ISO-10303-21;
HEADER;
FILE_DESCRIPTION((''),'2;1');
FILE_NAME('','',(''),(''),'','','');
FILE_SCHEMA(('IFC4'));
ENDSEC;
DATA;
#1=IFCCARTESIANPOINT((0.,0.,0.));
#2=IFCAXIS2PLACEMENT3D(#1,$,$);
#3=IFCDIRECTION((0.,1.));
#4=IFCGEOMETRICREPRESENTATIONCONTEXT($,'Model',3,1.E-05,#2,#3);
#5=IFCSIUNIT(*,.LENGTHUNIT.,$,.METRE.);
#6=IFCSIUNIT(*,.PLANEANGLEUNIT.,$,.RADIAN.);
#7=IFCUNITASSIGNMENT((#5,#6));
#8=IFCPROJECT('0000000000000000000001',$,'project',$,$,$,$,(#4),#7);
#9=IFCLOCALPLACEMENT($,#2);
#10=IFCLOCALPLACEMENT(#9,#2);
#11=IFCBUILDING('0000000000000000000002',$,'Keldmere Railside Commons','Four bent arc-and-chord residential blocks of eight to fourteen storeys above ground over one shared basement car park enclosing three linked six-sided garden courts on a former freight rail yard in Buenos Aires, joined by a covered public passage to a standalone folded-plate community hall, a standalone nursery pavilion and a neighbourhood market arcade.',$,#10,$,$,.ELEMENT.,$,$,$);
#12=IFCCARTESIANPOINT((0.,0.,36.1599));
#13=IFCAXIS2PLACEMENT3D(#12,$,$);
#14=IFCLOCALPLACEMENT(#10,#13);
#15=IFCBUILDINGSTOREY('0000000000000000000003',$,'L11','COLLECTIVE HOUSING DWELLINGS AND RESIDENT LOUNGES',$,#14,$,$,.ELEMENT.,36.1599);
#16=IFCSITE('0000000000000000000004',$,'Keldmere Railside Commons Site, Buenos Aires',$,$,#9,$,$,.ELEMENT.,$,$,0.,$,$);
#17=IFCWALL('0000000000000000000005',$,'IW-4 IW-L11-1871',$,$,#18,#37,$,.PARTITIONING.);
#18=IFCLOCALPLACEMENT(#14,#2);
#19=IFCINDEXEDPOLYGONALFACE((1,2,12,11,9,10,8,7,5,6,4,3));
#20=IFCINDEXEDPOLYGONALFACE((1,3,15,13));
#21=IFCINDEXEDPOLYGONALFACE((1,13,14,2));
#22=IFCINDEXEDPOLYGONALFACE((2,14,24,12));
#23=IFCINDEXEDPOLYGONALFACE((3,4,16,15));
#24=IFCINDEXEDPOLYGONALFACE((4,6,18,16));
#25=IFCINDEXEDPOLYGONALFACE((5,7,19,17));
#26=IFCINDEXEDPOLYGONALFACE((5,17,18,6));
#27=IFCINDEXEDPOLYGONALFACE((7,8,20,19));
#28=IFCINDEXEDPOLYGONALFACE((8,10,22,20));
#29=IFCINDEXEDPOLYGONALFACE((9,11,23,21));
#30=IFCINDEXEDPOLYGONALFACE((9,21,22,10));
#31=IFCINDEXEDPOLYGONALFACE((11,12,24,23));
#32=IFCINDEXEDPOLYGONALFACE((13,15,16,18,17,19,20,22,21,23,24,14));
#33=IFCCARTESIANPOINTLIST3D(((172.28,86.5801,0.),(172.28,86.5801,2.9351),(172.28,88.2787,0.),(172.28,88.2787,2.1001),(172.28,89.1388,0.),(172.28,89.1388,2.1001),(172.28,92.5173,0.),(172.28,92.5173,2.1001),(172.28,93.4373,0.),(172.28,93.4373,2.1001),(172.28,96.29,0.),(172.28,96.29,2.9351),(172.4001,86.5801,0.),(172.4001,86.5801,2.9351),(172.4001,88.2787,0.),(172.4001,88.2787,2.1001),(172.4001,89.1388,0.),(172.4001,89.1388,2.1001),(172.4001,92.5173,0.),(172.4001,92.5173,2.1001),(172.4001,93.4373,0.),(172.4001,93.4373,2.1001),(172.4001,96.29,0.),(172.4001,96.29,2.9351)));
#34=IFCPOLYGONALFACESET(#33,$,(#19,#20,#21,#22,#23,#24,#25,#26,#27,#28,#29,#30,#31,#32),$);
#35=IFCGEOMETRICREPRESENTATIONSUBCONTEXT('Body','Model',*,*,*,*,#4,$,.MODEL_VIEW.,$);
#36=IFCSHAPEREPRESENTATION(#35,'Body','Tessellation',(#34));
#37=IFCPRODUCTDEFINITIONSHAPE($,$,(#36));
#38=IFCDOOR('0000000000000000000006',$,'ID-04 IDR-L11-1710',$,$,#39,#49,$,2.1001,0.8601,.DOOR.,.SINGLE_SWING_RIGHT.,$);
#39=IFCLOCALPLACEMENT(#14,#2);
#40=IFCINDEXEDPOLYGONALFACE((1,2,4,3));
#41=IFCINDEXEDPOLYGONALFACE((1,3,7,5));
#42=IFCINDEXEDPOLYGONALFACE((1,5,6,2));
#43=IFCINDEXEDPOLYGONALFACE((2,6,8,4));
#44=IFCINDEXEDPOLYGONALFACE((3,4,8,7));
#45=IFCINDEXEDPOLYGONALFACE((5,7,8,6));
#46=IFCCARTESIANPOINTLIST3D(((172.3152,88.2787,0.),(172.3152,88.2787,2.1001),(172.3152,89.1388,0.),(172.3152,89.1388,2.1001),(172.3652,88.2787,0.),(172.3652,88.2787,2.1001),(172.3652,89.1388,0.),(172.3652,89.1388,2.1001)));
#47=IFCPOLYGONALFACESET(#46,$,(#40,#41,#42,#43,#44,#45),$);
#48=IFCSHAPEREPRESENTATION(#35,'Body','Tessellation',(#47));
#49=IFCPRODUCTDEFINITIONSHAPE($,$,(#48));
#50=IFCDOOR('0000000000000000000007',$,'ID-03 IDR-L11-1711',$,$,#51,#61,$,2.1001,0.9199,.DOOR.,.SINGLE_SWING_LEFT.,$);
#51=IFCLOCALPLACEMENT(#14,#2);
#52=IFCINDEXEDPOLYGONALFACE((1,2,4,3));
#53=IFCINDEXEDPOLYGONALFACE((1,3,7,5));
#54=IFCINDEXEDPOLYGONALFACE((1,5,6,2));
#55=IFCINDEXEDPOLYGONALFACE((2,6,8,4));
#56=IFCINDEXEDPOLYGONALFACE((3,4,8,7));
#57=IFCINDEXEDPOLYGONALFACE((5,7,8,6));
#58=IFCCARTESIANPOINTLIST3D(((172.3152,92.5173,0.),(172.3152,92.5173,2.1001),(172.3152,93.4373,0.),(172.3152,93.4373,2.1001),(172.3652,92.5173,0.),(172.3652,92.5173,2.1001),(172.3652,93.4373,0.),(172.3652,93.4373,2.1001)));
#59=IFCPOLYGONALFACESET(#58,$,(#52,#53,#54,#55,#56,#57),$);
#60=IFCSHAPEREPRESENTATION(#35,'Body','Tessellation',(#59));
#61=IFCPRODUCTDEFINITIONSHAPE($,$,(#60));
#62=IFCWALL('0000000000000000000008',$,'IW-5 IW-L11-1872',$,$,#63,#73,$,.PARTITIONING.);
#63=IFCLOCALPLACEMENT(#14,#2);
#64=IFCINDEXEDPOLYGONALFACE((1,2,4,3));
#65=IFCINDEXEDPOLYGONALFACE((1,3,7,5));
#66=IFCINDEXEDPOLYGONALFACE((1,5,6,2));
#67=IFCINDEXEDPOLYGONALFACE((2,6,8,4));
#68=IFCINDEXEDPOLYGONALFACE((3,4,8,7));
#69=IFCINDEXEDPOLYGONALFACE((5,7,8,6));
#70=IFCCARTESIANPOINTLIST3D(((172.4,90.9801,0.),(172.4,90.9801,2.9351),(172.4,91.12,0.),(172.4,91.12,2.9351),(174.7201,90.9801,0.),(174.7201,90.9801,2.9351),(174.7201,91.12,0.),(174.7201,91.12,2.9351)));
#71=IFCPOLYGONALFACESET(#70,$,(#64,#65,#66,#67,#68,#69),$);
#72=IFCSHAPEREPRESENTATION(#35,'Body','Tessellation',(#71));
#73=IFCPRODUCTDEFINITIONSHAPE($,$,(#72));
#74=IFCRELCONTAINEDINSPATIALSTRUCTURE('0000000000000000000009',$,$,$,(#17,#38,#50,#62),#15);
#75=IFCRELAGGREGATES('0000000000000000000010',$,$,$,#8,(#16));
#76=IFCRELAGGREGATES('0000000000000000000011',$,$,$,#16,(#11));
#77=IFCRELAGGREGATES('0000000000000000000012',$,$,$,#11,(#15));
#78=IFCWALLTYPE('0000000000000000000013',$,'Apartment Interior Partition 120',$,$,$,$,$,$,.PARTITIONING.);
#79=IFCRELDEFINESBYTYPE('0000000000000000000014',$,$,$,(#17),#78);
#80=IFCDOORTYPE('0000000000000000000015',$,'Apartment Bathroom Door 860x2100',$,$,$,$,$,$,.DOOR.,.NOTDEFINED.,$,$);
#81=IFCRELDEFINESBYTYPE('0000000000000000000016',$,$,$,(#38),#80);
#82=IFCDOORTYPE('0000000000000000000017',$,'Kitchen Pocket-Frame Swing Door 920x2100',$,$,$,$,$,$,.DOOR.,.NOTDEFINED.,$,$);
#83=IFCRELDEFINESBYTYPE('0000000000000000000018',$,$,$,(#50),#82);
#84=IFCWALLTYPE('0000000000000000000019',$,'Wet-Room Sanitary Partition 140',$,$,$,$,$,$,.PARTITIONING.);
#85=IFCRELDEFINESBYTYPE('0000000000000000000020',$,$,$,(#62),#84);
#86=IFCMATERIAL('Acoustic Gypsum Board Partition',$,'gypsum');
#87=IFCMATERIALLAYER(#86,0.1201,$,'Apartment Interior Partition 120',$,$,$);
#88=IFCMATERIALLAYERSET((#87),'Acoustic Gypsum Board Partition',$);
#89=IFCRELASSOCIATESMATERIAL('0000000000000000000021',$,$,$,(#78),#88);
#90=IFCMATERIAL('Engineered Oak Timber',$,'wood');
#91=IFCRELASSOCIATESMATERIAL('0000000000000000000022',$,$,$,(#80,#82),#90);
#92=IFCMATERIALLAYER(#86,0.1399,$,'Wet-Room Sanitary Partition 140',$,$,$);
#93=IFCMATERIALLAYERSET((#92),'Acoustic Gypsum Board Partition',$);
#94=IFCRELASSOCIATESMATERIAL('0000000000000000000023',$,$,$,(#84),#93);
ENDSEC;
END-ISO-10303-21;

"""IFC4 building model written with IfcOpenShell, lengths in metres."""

from ifc_helpers import new_model, si_unit, direction, frame, frame_2d, origin, place, context, subcontext, project, spatial, rectangle, extrude, material, layer, layer_set, type_object, element, fill, save


model = new_model("IFC4")

# Units and contexts
model_context = context("Model", 3, precision=1e-05, world=origin(), true_north=direction((0.0, 1.0)))
body_context = subcontext(model_context, "Body", "Model", "MODEL_VIEW")
ifc_project = project(units=[si_unit("LENGTHUNIT", "METRE"), si_unit("PLANEANGLEUNIT", "RADIAN")], contexts=[model_context])

# Site, building, storey
site_placement = place(None, origin())
site = spatial("IfcSite", under=ifc_project, at=site_placement, Name="Keldmere Railside Commons Site, Buenos Aires", CompositionType="ELEMENT", RefElevation=0.0)
building_placement = place(site_placement, origin())
building = spatial("IfcBuilding", under=site, at=building_placement, Name="Keldmere Railside Commons", Description="Four bent arc-and-chord residential blocks of eight to fourteen storeys above ground over one shared basement car park enclosing three linked six-sided garden courts on a former freight rail yard in Buenos Aires, joined by a covered public passage to a standalone folded-plate community hall, a standalone nursery pavilion and a neighbourhood market arcade.", CompositionType="ELEMENT")
storey_placement = place(building_placement, frame((0.0, 0.0, 36.1599)))
storey = spatial("IfcBuildingStorey", under=building, at=storey_placement, Name="L11", Description="COLLECTIVE HOUSING DWELLINGS AND RESIDENT LOUNGES", CompositionType="ELEMENT", Elevation=36.1599)

# Shared definitions
ifc_material_1 = material(Name="Acoustic Gypsum Board Partition", Category="gypsum")

# Shared definitions
ifc_layer_1 = layer(ifc_material_1, 0.1201, Name="Apartment Interior Partition 120")
ifc_layer_set_1 = layer_set([ifc_layer_1], Name="Acoustic Gypsum Board Partition")
wall_type_1 = type_object("IfcWallType", Name="Apartment Interior Partition 120", PredefinedType="PARTITIONING", material=ifc_layer_set_1)
ifc_material_2 = material(Name="Engineered Oak Timber", Category="wood")

# Wall, openings, doors
wall_1_placement = place(storey_placement, frame((172.3401, 86.5801, 0.0), z_axis=(0.0, 0.0, 1.0), x_axis=(0.0, 1.0, 0.0)))
wall_1 = element("IfcWall", 1, at=wall_1_placement, inside=storey, type_object=wall_type_1, Name="IW-4 IW-L11-1871", PredefinedType="PARTITIONING", context=body_context, shape_type="SweptSolid", body=[
    extrude(rectangle(XDim=9.71, YDim=0.1201, at=frame_2d((4.855, 0.0))), origin(), (0.0, 0.0, 1.0), 2.9351),
])
opening_1_placement = place(wall_1_placement, frame((1.6985, 0.0, 0.0)))
opening_1 = element("IfcOpeningElement", 2, at=opening_1_placement, cuts=wall_1, PredefinedType="OPENING", context=body_context, shape_type="SweptSolid", body=[
    extrude(rectangle(XDim=0.8601, YDim=2.1001, at=frame_2d((0.4302, 1.05))), frame((0.0, 0.0701, 0.0), z_axis=(0.0, -1.0, 0.0), x_axis=(1.0, 0.0, 0.0)), (0.0, 0.0, 1.0), 0.1401),
])
opening_2_placement = place(wall_1_placement, frame((5.9373, 0.0, 0.0)))
opening_2 = element("IfcOpeningElement", 3, at=opening_2_placement, cuts=wall_1, PredefinedType="OPENING", context=body_context, shape_type="SweptSolid", body=[
    extrude(rectangle(XDim=0.9199, YDim=2.1001, at=frame_2d((0.46, 1.05))), frame((0.0, 0.0701, 0.0), z_axis=(0.0, -1.0, 0.0), x_axis=(1.0, 0.0, 0.0)), (0.0, 0.0, 1.0), 0.1401),
])
door_type_1 = type_object("IfcDoorType", Name="Apartment Bathroom Door 860x2100", OperationType="NOTDEFINED", PredefinedType="DOOR", material=ifc_material_2)
door_1_placement = place(opening_1_placement, origin())
door_1 = element("IfcDoor", 4, at=door_1_placement, inside=storey, type_object=door_type_1, Name="ID-04 IDR-L11-1710", OperationType="SINGLE_SWING_RIGHT", OverallHeight=2.1001, OverallWidth=0.8601, PredefinedType="DOOR", context=body_context, shape_type="SweptSolid", body=[
    extrude(rectangle(XDim=0.8601, YDim=2.1001, at=frame_2d((0.4302, 1.05))), frame((0.0, 0.0249, 0.0), z_axis=(0.0, -1.0, 0.0), x_axis=(1.0, 0.0, 0.0)), (0.0, 0.0, 1.0), 0.05),
])
fill(opening_1, door_1)
door_type_2 = type_object("IfcDoorType", Name="Kitchen Pocket-Frame Swing Door 920x2100", OperationType="NOTDEFINED", PredefinedType="DOOR", material=ifc_material_2)
door_2_placement = place(opening_2_placement, origin())
door_2 = element("IfcDoor", 5, at=door_2_placement, inside=storey, type_object=door_type_2, Name="ID-03 IDR-L11-1711", OperationType="SINGLE_SWING_LEFT", OverallHeight=2.1001, OverallWidth=0.9199, PredefinedType="DOOR", context=body_context, shape_type="SweptSolid", body=[
    extrude(rectangle(XDim=0.9199, YDim=2.1001, at=frame_2d((0.46, 1.05))), frame((0.0, 0.0249, 0.0), z_axis=(0.0, -1.0, 0.0), x_axis=(1.0, 0.0, 0.0)), (0.0, 0.0, 1.0), 0.05),
])
fill(opening_2, door_2)

# Wall
ifc_layer_2 = layer(ifc_material_1, 0.1399, Name="Wet-Room Sanitary Partition 140")
ifc_layer_set_2 = layer_set([ifc_layer_2], Name="Acoustic Gypsum Board Partition")
wall_type_2 = type_object("IfcWallType", Name="Wet-Room Sanitary Partition 140", PredefinedType="PARTITIONING", material=ifc_layer_set_2)
wall_2_placement = place(storey_placement, frame((172.3999, 91.05, 0.0), z_axis=(0.0, 0.0, 1.0), x_axis=(1.0, 0.0, 0.0)))
element("IfcWall", 6, at=wall_2_placement, inside=storey, type_object=wall_type_2, Name="IW-5 IW-L11-1872", PredefinedType="PARTITIONING", context=body_context, shape_type="SweptSolid", body=[
    extrude(rectangle(XDim=2.3201, YDim=0.1399, at=frame_2d((1.1602, 0.0))), origin(), (0.0, 0.0, 1.0), 2.9351),
])

save(model, "model.ifc")
